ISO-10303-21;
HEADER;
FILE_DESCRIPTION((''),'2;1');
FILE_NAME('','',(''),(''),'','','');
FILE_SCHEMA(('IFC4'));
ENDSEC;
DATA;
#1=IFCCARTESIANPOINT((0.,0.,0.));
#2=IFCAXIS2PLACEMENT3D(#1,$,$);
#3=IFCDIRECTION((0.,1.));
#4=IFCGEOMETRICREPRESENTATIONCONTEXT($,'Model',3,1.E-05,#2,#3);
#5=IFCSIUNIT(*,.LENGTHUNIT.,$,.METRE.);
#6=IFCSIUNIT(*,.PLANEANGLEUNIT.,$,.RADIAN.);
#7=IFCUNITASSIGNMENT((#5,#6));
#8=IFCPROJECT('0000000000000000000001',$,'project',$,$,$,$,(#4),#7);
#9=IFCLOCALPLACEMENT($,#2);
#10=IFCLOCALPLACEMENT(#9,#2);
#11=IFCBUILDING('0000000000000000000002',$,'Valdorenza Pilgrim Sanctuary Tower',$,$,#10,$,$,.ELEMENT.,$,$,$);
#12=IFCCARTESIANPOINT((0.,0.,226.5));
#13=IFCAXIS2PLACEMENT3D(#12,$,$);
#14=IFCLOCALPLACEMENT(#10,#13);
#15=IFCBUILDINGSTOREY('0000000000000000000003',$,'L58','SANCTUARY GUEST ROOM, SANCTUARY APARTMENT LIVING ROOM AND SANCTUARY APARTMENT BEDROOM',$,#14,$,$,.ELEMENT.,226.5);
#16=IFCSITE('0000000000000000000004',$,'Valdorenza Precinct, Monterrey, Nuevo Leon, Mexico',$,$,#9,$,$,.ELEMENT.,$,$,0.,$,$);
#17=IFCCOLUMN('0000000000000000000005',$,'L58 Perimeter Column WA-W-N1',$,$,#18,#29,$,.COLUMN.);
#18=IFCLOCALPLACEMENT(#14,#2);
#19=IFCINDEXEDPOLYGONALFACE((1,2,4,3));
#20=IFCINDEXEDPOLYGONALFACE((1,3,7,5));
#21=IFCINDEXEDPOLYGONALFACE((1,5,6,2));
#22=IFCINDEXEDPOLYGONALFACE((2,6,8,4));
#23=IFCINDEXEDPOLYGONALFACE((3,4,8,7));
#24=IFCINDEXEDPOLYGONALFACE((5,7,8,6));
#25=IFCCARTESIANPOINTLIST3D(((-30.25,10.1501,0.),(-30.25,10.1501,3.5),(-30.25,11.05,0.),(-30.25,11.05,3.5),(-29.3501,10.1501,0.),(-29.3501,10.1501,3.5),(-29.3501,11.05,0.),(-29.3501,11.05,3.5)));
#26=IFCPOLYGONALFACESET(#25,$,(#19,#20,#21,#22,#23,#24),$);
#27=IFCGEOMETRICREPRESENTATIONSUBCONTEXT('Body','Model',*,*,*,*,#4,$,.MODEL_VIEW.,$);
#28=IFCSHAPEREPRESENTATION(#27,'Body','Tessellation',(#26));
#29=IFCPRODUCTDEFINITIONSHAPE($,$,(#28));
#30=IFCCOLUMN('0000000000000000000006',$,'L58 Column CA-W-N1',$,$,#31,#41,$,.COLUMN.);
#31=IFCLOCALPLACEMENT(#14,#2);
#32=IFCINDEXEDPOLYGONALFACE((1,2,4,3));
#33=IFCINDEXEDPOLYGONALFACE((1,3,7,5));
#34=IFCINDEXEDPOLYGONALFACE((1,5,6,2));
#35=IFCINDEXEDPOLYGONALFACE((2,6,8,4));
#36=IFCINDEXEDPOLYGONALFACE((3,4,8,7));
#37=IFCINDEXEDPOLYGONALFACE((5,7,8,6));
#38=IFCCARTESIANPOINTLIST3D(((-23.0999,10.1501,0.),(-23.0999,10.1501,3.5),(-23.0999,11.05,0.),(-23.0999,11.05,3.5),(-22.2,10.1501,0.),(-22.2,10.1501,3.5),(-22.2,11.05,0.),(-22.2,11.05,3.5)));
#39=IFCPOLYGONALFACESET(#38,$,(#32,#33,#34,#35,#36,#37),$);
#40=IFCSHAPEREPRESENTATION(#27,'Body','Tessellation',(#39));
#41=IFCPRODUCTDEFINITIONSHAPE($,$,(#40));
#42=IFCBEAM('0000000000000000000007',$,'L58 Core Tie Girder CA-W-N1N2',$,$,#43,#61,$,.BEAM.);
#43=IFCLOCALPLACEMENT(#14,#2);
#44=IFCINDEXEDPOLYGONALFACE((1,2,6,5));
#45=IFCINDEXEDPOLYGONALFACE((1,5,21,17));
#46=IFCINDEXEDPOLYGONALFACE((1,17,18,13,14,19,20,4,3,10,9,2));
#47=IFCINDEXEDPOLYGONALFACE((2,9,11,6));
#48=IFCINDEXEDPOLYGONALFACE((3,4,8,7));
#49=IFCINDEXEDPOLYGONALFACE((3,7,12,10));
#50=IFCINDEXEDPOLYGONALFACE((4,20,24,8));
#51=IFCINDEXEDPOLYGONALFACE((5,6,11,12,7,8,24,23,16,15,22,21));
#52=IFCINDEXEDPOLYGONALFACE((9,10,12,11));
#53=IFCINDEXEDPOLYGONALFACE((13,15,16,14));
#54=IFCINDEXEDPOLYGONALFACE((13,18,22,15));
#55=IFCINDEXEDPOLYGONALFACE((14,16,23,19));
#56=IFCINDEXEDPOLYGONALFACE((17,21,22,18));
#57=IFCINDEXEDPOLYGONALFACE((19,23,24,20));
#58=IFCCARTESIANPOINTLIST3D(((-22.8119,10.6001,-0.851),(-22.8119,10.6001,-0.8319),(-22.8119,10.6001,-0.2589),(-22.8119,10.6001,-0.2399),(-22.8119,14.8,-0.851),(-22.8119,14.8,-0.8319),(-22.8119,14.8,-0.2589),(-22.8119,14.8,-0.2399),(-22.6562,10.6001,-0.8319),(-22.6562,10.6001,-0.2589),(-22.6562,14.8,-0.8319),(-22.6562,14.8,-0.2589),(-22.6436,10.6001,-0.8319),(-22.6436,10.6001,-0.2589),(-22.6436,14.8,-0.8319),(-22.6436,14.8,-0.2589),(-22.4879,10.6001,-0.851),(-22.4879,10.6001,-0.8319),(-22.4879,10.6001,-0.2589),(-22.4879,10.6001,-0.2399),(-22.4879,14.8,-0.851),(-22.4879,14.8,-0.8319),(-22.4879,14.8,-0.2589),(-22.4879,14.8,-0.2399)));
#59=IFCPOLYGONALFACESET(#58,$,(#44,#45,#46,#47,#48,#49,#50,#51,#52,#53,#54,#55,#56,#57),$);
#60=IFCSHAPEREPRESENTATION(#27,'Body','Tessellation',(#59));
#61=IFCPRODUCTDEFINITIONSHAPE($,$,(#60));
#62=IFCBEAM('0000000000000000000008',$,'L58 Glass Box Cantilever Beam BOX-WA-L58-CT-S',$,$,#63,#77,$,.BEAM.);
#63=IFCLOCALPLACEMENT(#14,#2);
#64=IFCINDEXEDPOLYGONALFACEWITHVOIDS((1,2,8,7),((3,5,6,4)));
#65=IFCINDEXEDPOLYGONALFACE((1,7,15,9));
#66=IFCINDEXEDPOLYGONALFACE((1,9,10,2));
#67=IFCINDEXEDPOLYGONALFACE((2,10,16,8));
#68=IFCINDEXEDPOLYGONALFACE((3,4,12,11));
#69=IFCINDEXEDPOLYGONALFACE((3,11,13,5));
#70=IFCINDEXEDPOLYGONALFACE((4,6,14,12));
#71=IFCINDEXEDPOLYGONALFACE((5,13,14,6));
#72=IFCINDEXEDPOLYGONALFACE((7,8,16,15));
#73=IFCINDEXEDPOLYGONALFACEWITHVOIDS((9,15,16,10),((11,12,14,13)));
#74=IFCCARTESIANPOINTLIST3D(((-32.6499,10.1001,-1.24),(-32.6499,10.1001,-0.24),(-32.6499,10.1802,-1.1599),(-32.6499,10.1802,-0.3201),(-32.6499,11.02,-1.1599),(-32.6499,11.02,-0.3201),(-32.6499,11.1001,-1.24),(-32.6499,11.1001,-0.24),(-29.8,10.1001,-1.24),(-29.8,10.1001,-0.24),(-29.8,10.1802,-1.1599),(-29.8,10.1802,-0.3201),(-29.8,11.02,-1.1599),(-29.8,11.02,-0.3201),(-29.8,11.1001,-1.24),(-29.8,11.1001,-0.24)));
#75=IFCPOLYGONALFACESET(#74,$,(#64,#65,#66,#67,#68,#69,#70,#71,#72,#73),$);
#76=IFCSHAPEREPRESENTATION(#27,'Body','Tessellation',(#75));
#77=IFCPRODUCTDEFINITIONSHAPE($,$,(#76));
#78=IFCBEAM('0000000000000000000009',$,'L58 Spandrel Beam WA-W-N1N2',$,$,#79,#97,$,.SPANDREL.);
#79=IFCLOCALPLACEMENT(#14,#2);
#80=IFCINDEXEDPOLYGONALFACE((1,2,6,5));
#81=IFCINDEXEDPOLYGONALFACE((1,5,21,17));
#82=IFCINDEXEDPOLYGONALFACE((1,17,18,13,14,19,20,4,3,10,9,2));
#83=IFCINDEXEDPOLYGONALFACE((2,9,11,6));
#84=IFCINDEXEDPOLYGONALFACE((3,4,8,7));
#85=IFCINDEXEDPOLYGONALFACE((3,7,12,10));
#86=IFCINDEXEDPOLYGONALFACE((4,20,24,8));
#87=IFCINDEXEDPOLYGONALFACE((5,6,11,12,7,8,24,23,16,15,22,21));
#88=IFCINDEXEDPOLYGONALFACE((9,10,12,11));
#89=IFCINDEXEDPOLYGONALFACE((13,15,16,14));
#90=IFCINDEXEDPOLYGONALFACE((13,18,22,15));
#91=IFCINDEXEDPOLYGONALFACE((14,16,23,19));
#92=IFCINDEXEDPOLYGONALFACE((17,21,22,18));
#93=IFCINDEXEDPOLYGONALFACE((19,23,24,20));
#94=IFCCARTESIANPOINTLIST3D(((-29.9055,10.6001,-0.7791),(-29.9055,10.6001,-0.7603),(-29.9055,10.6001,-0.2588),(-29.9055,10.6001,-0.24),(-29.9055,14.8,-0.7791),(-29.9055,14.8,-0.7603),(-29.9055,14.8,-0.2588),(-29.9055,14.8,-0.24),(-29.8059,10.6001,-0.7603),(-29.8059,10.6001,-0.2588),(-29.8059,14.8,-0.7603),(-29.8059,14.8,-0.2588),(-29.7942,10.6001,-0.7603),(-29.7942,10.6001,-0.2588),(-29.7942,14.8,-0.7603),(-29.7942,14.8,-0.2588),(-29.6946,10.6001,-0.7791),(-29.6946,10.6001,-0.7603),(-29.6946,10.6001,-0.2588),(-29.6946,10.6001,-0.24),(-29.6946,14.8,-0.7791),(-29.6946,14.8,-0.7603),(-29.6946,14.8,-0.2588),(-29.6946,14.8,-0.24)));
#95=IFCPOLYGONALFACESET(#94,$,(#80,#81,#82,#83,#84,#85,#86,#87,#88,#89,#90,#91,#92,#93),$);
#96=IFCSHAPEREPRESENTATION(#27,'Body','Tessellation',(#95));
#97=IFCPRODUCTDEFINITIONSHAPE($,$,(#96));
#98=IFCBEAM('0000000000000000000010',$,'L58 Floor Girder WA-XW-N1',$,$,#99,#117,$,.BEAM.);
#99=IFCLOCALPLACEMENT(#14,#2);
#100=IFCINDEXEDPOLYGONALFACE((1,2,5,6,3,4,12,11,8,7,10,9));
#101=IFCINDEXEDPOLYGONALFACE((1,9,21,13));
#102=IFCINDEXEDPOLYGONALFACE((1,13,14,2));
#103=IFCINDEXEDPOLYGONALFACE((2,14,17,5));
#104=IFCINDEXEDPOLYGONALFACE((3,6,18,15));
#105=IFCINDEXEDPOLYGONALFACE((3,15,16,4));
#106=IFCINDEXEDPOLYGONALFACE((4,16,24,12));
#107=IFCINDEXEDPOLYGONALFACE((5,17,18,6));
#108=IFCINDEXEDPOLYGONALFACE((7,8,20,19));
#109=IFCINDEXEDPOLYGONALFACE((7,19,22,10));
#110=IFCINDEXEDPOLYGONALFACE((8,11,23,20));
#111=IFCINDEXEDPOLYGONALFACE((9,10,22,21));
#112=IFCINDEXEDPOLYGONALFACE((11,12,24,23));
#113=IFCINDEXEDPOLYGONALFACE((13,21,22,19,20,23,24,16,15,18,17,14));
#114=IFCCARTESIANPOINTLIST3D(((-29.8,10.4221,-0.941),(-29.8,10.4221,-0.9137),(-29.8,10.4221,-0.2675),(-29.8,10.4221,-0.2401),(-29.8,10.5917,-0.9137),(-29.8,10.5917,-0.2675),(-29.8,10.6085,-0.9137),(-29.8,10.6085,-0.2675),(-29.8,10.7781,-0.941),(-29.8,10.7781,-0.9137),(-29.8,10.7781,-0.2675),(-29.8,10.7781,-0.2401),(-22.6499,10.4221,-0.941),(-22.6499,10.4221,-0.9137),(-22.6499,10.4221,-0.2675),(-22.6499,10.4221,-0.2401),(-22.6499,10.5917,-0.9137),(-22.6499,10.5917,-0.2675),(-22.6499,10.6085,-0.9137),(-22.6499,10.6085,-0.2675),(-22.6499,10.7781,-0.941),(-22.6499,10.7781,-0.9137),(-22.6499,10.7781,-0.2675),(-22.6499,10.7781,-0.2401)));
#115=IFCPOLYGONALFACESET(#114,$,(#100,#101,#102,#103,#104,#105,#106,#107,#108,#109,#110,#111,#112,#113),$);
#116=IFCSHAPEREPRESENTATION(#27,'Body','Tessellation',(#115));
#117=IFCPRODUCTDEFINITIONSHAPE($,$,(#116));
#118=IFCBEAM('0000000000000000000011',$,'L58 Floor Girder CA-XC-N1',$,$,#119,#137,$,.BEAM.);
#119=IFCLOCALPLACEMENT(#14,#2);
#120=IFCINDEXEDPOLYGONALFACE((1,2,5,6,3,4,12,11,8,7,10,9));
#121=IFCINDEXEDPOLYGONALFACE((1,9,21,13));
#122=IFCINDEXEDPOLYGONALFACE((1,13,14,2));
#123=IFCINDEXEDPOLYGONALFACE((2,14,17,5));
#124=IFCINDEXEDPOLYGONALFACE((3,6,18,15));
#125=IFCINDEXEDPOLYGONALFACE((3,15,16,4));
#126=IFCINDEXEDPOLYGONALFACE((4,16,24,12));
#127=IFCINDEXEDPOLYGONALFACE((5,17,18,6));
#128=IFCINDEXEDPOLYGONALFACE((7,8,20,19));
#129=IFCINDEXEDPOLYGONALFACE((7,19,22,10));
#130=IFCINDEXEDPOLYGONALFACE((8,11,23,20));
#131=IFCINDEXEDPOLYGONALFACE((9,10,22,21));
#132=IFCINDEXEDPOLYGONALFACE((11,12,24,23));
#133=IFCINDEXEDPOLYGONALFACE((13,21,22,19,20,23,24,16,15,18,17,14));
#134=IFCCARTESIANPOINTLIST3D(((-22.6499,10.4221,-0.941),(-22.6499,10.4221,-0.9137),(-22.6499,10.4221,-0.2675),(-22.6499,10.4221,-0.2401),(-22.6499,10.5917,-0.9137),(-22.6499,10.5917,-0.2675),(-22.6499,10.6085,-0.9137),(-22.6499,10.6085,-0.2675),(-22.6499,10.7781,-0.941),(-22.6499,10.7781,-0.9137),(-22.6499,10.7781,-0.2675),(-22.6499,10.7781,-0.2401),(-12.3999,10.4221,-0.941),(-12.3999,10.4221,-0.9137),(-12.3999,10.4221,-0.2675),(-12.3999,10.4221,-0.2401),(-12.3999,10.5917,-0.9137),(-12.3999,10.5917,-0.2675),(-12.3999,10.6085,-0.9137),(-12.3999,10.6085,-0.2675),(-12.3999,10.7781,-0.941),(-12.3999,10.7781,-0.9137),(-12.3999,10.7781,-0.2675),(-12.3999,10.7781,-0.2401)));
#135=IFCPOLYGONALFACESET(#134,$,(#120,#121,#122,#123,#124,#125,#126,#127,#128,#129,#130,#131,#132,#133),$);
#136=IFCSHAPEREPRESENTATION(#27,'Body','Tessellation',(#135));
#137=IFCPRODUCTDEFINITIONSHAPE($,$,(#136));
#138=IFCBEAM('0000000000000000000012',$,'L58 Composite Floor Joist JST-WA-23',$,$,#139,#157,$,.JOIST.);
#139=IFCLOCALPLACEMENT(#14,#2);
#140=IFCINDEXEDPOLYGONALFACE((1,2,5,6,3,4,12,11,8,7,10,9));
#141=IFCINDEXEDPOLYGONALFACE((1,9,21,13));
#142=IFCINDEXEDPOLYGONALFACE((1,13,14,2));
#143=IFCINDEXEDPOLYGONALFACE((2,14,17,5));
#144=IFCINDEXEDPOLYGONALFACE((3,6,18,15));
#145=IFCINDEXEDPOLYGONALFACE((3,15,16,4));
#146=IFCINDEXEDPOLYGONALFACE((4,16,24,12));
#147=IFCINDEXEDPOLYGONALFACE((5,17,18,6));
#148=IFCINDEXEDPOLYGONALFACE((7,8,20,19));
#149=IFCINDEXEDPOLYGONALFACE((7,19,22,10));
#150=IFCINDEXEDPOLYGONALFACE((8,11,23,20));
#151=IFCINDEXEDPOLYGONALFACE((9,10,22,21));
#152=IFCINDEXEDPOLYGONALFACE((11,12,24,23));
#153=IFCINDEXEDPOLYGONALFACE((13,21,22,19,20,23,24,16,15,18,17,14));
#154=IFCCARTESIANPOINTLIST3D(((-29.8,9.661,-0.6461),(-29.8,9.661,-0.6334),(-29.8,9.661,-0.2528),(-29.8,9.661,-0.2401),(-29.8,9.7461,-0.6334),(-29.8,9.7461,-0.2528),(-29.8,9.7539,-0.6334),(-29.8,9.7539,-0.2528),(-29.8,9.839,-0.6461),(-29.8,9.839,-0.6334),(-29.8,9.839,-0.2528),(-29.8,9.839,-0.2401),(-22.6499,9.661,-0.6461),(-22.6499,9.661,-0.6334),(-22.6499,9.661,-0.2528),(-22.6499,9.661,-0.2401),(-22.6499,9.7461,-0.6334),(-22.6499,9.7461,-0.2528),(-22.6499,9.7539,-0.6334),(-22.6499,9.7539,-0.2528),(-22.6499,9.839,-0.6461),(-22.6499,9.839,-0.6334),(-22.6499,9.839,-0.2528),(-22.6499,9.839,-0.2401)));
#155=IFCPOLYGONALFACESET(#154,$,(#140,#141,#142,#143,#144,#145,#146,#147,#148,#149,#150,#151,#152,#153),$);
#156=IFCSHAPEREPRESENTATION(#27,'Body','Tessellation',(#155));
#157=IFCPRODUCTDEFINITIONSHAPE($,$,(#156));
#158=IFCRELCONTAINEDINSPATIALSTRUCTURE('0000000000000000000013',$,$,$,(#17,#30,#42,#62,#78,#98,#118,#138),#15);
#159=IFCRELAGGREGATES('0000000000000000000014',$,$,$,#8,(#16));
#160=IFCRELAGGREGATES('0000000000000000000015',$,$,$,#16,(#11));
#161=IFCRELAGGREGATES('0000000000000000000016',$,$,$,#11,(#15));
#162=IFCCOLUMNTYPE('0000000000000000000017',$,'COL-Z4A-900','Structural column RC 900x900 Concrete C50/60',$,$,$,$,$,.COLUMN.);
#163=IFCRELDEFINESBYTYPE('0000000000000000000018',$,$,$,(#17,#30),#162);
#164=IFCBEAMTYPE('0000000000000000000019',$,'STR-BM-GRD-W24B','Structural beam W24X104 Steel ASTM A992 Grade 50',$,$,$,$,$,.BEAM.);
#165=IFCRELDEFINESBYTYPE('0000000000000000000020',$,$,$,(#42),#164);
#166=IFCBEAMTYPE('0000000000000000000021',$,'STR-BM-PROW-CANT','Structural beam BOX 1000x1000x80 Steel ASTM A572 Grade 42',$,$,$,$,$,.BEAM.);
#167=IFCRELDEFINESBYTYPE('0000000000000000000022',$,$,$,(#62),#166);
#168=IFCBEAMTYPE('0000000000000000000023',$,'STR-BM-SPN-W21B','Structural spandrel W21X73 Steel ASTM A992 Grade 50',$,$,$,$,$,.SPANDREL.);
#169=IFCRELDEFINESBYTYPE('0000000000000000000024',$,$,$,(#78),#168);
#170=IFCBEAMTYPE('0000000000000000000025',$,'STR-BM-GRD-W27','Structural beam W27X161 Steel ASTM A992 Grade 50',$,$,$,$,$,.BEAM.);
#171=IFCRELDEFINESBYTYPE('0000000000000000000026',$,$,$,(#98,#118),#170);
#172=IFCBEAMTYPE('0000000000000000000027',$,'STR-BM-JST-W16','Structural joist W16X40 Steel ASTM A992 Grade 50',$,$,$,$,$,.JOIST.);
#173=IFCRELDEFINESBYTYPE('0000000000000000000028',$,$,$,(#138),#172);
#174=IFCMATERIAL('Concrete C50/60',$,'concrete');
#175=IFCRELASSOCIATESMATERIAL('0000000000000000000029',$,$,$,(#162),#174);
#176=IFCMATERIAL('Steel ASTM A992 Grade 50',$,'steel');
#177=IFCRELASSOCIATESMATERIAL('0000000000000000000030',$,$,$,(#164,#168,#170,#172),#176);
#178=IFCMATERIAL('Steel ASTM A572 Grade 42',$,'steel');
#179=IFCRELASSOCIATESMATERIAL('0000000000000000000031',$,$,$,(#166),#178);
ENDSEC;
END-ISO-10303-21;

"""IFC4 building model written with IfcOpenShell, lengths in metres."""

from ifc_helpers import new_model, si_unit, direction, frame, origin, origin_2d, place, context, subcontext, project, spatial, rectangle, hollow_rectangle, i_section, extrude, source, transform, mapped, material, material_profile, profile_set, type_object, element, save


model = new_model("IFC4")

# Units and contexts
model_context = context("Model", 3, precision=1e-05, world=origin(), true_north=direction((0.0, 1.0)))
body_context = subcontext(model_context, "Body", "Model", "MODEL_VIEW")
ifc_project = project(units=[si_unit("LENGTHUNIT", "METRE"), si_unit("PLANEANGLEUNIT", "RADIAN")], contexts=[model_context])

# Site, building, storey
site_placement = place(None, origin())
site = spatial("IfcSite", under=ifc_project, at=site_placement, Name="Valdorenza Precinct, Monterrey, Nuevo Leon, Mexico", CompositionType="ELEMENT", RefElevation=0.0)
building_placement = place(site_placement, origin())
building = spatial("IfcBuilding", under=site, at=building_placement, Name="Valdorenza Pilgrim Sanctuary Tower", CompositionType="ELEMENT")
storey_placement = place(building_placement, frame((0.0, 0.0, 226.5)))
storey = spatial("IfcBuildingStorey", under=building, at=storey_placement, Name="L58", Description="SANCTUARY GUEST ROOM, SANCTUARY APARTMENT LIVING ROOM AND SANCTUARY APARTMENT BEDROOM", CompositionType="ELEMENT", Elevation=226.5)

# Columns
ifc_material_1 = material(Name="Concrete C50/60", Category="concrete")
ifc_material_profile_1 = material_profile(ifc_material_1, rectangle(XDim=0.8999, YDim=0.8999, at=origin_2d()), Name="RC 900x900")
ifc_profile_set_1 = profile_set([ifc_material_profile_1], Name="Concrete C50/60")
column_type = type_object("IfcColumnType", Name="COL-Z4A-900", Description="Structural column RC 900x900 Concrete C50/60", PredefinedType="COLUMN", material=ifc_profile_set_1)
shared_shape_1 = source(origin(), body_context, "Body", "SweptSolid", [
    extrude(rectangle(XDim=0.8999, YDim=0.8999, at=origin_2d()), origin(), (0.0, 0.0, 1.0), 3.5),
])
for number, where, z_axis, x_axis, name in (
    (1, (-29.8, 10.6001, 0.0), (0.0, 0.0, 1.0), (1.0, 0.0, 0.0), "L58 Perimeter Column WA-W-N1"),
    (2, (-22.6499, 10.6001, 0.0), (0.0, 0.0, 1.0), (1.0, 0.0, 0.0), "L58 Column CA-W-N1"),
):
    element("IfcColumn", number, at=place(storey_placement, frame(where, z_axis=z_axis, x_axis=x_axis)), inside=storey, type_object=column_type, Name=name, PredefinedType="COLUMN", context=body_context, shape_type="MappedRepresentation", body=[
        mapped(shared_shape_1, transform((0.0, 0.0, 0.0), x_axis=(1.0, 0.0, 0.0), y_axis=(0.0, 1.0, 0.0), z_axis=(0.0, 0.0, 1.0), scale=1.0)),
    ])

# Beams
ifc_material_2 = material(Name="Steel ASTM A992 Grade 50", Category="steel")
ifc_material_profile_2 = material_profile(ifc_material_2, i_section(OverallWidth=0.324, OverallDepth=0.6111, WebThickness=0.0127, FlangeThickness=0.019, at=origin_2d()), Name="W24X104")
ifc_profile_set_2 = profile_set([ifc_material_profile_2], Name="Steel ASTM A992 Grade 50")
beam_type_1 = type_object("IfcBeamType", Name="STR-BM-GRD-W24B", Description="Structural beam W24X104 Steel ASTM A992 Grade 50", PredefinedType="BEAM", material=ifc_profile_set_2)
shared_shape_2 = source(origin(), body_context, "Body", "SweptSolid", [
    extrude(i_section(OverallWidth=0.324, OverallDepth=0.6111, WebThickness=0.0127, FlangeThickness=0.019, at=origin_2d()), origin(), (0.0, 0.0, 1.0), 4.2),
])
beam_1_placement = place(storey_placement, frame((-22.6499, 10.6001, -0.5454), z_axis=(0.0, 1.0, 0.0), x_axis=(-1.0, 0.0, 0.0)))
element("IfcBeam", 3, at=beam_1_placement, inside=storey, type_object=beam_type_1, Name="L58 Core Tie Girder CA-W-N1N2", PredefinedType="BEAM", context=body_context, shape_type="MappedRepresentation", body=[
    mapped(shared_shape_2, transform((0.0, 0.0, 0.0), x_axis=(1.0, 0.0, 0.0), y_axis=(0.0, 1.0, 0.0), z_axis=(0.0, 0.0, 1.0), scale=1.0)),
])
ifc_material_3 = material(Name="Steel ASTM A572 Grade 42", Category="steel")
ifc_material_profile_3 = material_profile(ifc_material_3, hollow_rectangle(XDim=1.0, YDim=1.0, WallThickness=0.0801, at=origin_2d()), Name="BOX 1000x1000x80")
ifc_profile_set_3 = profile_set([ifc_material_profile_3], Name="Steel ASTM A572 Grade 42")
beam_type_2 = type_object("IfcBeamType", Name="STR-BM-PROW-CANT", Description="Structural beam BOX 1000x1000x80 Steel ASTM A572 Grade 42", PredefinedType="BEAM", material=ifc_profile_set_3)
shared_shape_3 = source(origin(), body_context, "Body", "SweptSolid", [
    extrude(hollow_rectangle(XDim=1.0, YDim=1.0, WallThickness=0.0801, at=origin_2d()), origin(), (0.0, 0.0, 1.0), 2.8499),
])
beam_2_placement = place(storey_placement, frame((-29.8, 10.6001, -0.74), z_axis=(-1.0, 0.0, 0.0), x_axis=(0.0, -1.0, 0.0)))
element("IfcBeam", 4, at=beam_2_placement, inside=storey, type_object=beam_type_2, Name="L58 Glass Box Cantilever Beam BOX-WA-L58-CT-S", PredefinedType="BEAM", context=body_context, shape_type="MappedRepresentation", body=[
    mapped(shared_shape_3, transform((0.0, 0.0, 0.0), x_axis=(1.0, 0.0, 0.0), y_axis=(0.0, 1.0, 0.0), z_axis=(0.0, 0.0, 1.0), scale=1.0)),
])
ifc_material_profile_4 = material_profile(ifc_material_2, i_section(OverallWidth=0.2109, OverallDepth=0.5391, WebThickness=0.0117, FlangeThickness=0.0188, at=origin_2d()), Name="W21X73")
ifc_profile_set_4 = profile_set([ifc_material_profile_4], Name="Steel ASTM A992 Grade 50")
beam_type_3 = type_object("IfcBeamType", Name="STR-BM-SPN-W21B", Description="Structural spandrel W21X73 Steel ASTM A992 Grade 50", PredefinedType="SPANDREL", material=ifc_profile_set_4)
shared_shape_4 = source(origin(), body_context, "Body", "SweptSolid", [
    extrude(i_section(OverallWidth=0.2109, OverallDepth=0.5391, WebThickness=0.0117, FlangeThickness=0.0188, at=origin_2d()), origin(), (0.0, 0.0, 1.0), 4.2),
])
beam_3_placement = place(storey_placement, frame((-29.8, 10.6001, -0.5095), z_axis=(0.0, 1.0, 0.0), x_axis=(-1.0, 0.0, 0.0)))
element("IfcBeam", 5, at=beam_3_placement, inside=storey, type_object=beam_type_3, Name="L58 Spandrel Beam WA-W-N1N2", PredefinedType="SPANDREL", context=body_context, shape_type="MappedRepresentation", body=[
    mapped(shared_shape_4, transform((0.0, 0.0, 0.0), x_axis=(1.0, 0.0, 0.0), y_axis=(0.0, 1.0, 0.0), z_axis=(0.0, 0.0, 1.0), scale=1.0)),
])
ifc_material_profile_5 = material_profile(ifc_material_2, i_section(OverallWidth=0.356, OverallDepth=0.7009, WebThickness=0.0168, FlangeThickness=0.0273, at=origin_2d()), Name="W27X161")
ifc_profile_set_5 = profile_set([ifc_material_profile_5], Name="Steel ASTM A992 Grade 50")
beam_type_4 = type_object("IfcBeamType", Name="STR-BM-GRD-W27", Description="Structural beam W27X161 Steel ASTM A992 Grade 50", PredefinedType="BEAM", material=ifc_profile_set_5)
shared_shape_5 = source(origin(), body_context, "Body", "SweptSolid", [
    extrude(i_section(OverallWidth=0.356, OverallDepth=0.7009, WebThickness=0.0168, FlangeThickness=0.0273, at=origin_2d()), origin(), (0.0, 0.0, 1.0), 7.1501),
])
beam_4_placement = place(storey_placement, frame((-29.8, 10.6001, -0.5906), z_axis=(1.0, 0.0, 0.0), x_axis=(0.0, 1.0, 0.0)))
element("IfcBeam", 6, at=beam_4_placement, inside=storey, type_object=beam_type_4, Name="L58 Floor Girder WA-XW-N1", PredefinedType="BEAM", context=body_context, shape_type="MappedRepresentation", body=[
    mapped(shared_shape_5, transform((0.0, 0.0, 0.0), x_axis=(1.0, 0.0, 0.0), y_axis=(0.0, 1.0, 0.0), z_axis=(0.0, 0.0, 1.0), scale=1.0)),
])
shared_shape_6 = source(origin(), body_context, "Body", "SweptSolid", [
    extrude(i_section(OverallWidth=0.356, OverallDepth=0.7009, WebThickness=0.0168, FlangeThickness=0.0273, at=origin_2d()), origin(), (0.0, 0.0, 1.0), 10.25),
])
beam_5_placement = place(storey_placement, frame((-22.6499, 10.6001, -0.5906), z_axis=(1.0, 0.0, 0.0), x_axis=(0.0, 1.0, 0.0)))
element("IfcBeam", 7, at=beam_5_placement, inside=storey, type_object=beam_type_4, Name="L58 Floor Girder CA-XC-N1", PredefinedType="BEAM", context=body_context, shape_type="MappedRepresentation", body=[
    mapped(shared_shape_6, transform((0.0, 0.0, 0.0), x_axis=(1.0, 0.0, 0.0), y_axis=(0.0, 1.0, 0.0), z_axis=(0.0, 0.0, 1.0), scale=1.0)),
])
ifc_material_profile_6 = material_profile(ifc_material_2, i_section(OverallWidth=0.178, OverallDepth=0.406, WebThickness=0.0078, FlangeThickness=0.0127, at=origin_2d()), Name="W16X40")
ifc_profile_set_6 = profile_set([ifc_material_profile_6], Name="Steel ASTM A992 Grade 50")
beam_type_5 = type_object("IfcBeamType", Name="STR-BM-JST-W16", Description="Structural joist W16X40 Steel ASTM A992 Grade 50", PredefinedType="JOIST", material=ifc_profile_set_6)
shared_shape_7 = source(origin(), body_context, "Body", "SweptSolid", [
    extrude(i_section(OverallWidth=0.178, OverallDepth=0.406, WebThickness=0.0078, FlangeThickness=0.0127, at=origin_2d()), origin(), (0.0, 0.0, 1.0), 7.1501),
])
beam_6_placement = place(storey_placement, frame((-29.8, 9.75, -0.4431), z_axis=(1.0, 0.0, 0.0), x_axis=(0.0, 1.0, 0.0)))
element("IfcBeam", 8, at=beam_6_placement, inside=storey, type_object=beam_type_5, Name="L58 Composite Floor Joist JST-WA-23", PredefinedType="JOIST", context=body_context, shape_type="MappedRepresentation", body=[
    mapped(shared_shape_7, transform((0.0, 0.0, 0.0), x_axis=(1.0, 0.0, 0.0), y_axis=(0.0, 1.0, 0.0), z_axis=(0.0, 0.0, 1.0), scale=1.0)),
])

save(model, "model.ifc")
